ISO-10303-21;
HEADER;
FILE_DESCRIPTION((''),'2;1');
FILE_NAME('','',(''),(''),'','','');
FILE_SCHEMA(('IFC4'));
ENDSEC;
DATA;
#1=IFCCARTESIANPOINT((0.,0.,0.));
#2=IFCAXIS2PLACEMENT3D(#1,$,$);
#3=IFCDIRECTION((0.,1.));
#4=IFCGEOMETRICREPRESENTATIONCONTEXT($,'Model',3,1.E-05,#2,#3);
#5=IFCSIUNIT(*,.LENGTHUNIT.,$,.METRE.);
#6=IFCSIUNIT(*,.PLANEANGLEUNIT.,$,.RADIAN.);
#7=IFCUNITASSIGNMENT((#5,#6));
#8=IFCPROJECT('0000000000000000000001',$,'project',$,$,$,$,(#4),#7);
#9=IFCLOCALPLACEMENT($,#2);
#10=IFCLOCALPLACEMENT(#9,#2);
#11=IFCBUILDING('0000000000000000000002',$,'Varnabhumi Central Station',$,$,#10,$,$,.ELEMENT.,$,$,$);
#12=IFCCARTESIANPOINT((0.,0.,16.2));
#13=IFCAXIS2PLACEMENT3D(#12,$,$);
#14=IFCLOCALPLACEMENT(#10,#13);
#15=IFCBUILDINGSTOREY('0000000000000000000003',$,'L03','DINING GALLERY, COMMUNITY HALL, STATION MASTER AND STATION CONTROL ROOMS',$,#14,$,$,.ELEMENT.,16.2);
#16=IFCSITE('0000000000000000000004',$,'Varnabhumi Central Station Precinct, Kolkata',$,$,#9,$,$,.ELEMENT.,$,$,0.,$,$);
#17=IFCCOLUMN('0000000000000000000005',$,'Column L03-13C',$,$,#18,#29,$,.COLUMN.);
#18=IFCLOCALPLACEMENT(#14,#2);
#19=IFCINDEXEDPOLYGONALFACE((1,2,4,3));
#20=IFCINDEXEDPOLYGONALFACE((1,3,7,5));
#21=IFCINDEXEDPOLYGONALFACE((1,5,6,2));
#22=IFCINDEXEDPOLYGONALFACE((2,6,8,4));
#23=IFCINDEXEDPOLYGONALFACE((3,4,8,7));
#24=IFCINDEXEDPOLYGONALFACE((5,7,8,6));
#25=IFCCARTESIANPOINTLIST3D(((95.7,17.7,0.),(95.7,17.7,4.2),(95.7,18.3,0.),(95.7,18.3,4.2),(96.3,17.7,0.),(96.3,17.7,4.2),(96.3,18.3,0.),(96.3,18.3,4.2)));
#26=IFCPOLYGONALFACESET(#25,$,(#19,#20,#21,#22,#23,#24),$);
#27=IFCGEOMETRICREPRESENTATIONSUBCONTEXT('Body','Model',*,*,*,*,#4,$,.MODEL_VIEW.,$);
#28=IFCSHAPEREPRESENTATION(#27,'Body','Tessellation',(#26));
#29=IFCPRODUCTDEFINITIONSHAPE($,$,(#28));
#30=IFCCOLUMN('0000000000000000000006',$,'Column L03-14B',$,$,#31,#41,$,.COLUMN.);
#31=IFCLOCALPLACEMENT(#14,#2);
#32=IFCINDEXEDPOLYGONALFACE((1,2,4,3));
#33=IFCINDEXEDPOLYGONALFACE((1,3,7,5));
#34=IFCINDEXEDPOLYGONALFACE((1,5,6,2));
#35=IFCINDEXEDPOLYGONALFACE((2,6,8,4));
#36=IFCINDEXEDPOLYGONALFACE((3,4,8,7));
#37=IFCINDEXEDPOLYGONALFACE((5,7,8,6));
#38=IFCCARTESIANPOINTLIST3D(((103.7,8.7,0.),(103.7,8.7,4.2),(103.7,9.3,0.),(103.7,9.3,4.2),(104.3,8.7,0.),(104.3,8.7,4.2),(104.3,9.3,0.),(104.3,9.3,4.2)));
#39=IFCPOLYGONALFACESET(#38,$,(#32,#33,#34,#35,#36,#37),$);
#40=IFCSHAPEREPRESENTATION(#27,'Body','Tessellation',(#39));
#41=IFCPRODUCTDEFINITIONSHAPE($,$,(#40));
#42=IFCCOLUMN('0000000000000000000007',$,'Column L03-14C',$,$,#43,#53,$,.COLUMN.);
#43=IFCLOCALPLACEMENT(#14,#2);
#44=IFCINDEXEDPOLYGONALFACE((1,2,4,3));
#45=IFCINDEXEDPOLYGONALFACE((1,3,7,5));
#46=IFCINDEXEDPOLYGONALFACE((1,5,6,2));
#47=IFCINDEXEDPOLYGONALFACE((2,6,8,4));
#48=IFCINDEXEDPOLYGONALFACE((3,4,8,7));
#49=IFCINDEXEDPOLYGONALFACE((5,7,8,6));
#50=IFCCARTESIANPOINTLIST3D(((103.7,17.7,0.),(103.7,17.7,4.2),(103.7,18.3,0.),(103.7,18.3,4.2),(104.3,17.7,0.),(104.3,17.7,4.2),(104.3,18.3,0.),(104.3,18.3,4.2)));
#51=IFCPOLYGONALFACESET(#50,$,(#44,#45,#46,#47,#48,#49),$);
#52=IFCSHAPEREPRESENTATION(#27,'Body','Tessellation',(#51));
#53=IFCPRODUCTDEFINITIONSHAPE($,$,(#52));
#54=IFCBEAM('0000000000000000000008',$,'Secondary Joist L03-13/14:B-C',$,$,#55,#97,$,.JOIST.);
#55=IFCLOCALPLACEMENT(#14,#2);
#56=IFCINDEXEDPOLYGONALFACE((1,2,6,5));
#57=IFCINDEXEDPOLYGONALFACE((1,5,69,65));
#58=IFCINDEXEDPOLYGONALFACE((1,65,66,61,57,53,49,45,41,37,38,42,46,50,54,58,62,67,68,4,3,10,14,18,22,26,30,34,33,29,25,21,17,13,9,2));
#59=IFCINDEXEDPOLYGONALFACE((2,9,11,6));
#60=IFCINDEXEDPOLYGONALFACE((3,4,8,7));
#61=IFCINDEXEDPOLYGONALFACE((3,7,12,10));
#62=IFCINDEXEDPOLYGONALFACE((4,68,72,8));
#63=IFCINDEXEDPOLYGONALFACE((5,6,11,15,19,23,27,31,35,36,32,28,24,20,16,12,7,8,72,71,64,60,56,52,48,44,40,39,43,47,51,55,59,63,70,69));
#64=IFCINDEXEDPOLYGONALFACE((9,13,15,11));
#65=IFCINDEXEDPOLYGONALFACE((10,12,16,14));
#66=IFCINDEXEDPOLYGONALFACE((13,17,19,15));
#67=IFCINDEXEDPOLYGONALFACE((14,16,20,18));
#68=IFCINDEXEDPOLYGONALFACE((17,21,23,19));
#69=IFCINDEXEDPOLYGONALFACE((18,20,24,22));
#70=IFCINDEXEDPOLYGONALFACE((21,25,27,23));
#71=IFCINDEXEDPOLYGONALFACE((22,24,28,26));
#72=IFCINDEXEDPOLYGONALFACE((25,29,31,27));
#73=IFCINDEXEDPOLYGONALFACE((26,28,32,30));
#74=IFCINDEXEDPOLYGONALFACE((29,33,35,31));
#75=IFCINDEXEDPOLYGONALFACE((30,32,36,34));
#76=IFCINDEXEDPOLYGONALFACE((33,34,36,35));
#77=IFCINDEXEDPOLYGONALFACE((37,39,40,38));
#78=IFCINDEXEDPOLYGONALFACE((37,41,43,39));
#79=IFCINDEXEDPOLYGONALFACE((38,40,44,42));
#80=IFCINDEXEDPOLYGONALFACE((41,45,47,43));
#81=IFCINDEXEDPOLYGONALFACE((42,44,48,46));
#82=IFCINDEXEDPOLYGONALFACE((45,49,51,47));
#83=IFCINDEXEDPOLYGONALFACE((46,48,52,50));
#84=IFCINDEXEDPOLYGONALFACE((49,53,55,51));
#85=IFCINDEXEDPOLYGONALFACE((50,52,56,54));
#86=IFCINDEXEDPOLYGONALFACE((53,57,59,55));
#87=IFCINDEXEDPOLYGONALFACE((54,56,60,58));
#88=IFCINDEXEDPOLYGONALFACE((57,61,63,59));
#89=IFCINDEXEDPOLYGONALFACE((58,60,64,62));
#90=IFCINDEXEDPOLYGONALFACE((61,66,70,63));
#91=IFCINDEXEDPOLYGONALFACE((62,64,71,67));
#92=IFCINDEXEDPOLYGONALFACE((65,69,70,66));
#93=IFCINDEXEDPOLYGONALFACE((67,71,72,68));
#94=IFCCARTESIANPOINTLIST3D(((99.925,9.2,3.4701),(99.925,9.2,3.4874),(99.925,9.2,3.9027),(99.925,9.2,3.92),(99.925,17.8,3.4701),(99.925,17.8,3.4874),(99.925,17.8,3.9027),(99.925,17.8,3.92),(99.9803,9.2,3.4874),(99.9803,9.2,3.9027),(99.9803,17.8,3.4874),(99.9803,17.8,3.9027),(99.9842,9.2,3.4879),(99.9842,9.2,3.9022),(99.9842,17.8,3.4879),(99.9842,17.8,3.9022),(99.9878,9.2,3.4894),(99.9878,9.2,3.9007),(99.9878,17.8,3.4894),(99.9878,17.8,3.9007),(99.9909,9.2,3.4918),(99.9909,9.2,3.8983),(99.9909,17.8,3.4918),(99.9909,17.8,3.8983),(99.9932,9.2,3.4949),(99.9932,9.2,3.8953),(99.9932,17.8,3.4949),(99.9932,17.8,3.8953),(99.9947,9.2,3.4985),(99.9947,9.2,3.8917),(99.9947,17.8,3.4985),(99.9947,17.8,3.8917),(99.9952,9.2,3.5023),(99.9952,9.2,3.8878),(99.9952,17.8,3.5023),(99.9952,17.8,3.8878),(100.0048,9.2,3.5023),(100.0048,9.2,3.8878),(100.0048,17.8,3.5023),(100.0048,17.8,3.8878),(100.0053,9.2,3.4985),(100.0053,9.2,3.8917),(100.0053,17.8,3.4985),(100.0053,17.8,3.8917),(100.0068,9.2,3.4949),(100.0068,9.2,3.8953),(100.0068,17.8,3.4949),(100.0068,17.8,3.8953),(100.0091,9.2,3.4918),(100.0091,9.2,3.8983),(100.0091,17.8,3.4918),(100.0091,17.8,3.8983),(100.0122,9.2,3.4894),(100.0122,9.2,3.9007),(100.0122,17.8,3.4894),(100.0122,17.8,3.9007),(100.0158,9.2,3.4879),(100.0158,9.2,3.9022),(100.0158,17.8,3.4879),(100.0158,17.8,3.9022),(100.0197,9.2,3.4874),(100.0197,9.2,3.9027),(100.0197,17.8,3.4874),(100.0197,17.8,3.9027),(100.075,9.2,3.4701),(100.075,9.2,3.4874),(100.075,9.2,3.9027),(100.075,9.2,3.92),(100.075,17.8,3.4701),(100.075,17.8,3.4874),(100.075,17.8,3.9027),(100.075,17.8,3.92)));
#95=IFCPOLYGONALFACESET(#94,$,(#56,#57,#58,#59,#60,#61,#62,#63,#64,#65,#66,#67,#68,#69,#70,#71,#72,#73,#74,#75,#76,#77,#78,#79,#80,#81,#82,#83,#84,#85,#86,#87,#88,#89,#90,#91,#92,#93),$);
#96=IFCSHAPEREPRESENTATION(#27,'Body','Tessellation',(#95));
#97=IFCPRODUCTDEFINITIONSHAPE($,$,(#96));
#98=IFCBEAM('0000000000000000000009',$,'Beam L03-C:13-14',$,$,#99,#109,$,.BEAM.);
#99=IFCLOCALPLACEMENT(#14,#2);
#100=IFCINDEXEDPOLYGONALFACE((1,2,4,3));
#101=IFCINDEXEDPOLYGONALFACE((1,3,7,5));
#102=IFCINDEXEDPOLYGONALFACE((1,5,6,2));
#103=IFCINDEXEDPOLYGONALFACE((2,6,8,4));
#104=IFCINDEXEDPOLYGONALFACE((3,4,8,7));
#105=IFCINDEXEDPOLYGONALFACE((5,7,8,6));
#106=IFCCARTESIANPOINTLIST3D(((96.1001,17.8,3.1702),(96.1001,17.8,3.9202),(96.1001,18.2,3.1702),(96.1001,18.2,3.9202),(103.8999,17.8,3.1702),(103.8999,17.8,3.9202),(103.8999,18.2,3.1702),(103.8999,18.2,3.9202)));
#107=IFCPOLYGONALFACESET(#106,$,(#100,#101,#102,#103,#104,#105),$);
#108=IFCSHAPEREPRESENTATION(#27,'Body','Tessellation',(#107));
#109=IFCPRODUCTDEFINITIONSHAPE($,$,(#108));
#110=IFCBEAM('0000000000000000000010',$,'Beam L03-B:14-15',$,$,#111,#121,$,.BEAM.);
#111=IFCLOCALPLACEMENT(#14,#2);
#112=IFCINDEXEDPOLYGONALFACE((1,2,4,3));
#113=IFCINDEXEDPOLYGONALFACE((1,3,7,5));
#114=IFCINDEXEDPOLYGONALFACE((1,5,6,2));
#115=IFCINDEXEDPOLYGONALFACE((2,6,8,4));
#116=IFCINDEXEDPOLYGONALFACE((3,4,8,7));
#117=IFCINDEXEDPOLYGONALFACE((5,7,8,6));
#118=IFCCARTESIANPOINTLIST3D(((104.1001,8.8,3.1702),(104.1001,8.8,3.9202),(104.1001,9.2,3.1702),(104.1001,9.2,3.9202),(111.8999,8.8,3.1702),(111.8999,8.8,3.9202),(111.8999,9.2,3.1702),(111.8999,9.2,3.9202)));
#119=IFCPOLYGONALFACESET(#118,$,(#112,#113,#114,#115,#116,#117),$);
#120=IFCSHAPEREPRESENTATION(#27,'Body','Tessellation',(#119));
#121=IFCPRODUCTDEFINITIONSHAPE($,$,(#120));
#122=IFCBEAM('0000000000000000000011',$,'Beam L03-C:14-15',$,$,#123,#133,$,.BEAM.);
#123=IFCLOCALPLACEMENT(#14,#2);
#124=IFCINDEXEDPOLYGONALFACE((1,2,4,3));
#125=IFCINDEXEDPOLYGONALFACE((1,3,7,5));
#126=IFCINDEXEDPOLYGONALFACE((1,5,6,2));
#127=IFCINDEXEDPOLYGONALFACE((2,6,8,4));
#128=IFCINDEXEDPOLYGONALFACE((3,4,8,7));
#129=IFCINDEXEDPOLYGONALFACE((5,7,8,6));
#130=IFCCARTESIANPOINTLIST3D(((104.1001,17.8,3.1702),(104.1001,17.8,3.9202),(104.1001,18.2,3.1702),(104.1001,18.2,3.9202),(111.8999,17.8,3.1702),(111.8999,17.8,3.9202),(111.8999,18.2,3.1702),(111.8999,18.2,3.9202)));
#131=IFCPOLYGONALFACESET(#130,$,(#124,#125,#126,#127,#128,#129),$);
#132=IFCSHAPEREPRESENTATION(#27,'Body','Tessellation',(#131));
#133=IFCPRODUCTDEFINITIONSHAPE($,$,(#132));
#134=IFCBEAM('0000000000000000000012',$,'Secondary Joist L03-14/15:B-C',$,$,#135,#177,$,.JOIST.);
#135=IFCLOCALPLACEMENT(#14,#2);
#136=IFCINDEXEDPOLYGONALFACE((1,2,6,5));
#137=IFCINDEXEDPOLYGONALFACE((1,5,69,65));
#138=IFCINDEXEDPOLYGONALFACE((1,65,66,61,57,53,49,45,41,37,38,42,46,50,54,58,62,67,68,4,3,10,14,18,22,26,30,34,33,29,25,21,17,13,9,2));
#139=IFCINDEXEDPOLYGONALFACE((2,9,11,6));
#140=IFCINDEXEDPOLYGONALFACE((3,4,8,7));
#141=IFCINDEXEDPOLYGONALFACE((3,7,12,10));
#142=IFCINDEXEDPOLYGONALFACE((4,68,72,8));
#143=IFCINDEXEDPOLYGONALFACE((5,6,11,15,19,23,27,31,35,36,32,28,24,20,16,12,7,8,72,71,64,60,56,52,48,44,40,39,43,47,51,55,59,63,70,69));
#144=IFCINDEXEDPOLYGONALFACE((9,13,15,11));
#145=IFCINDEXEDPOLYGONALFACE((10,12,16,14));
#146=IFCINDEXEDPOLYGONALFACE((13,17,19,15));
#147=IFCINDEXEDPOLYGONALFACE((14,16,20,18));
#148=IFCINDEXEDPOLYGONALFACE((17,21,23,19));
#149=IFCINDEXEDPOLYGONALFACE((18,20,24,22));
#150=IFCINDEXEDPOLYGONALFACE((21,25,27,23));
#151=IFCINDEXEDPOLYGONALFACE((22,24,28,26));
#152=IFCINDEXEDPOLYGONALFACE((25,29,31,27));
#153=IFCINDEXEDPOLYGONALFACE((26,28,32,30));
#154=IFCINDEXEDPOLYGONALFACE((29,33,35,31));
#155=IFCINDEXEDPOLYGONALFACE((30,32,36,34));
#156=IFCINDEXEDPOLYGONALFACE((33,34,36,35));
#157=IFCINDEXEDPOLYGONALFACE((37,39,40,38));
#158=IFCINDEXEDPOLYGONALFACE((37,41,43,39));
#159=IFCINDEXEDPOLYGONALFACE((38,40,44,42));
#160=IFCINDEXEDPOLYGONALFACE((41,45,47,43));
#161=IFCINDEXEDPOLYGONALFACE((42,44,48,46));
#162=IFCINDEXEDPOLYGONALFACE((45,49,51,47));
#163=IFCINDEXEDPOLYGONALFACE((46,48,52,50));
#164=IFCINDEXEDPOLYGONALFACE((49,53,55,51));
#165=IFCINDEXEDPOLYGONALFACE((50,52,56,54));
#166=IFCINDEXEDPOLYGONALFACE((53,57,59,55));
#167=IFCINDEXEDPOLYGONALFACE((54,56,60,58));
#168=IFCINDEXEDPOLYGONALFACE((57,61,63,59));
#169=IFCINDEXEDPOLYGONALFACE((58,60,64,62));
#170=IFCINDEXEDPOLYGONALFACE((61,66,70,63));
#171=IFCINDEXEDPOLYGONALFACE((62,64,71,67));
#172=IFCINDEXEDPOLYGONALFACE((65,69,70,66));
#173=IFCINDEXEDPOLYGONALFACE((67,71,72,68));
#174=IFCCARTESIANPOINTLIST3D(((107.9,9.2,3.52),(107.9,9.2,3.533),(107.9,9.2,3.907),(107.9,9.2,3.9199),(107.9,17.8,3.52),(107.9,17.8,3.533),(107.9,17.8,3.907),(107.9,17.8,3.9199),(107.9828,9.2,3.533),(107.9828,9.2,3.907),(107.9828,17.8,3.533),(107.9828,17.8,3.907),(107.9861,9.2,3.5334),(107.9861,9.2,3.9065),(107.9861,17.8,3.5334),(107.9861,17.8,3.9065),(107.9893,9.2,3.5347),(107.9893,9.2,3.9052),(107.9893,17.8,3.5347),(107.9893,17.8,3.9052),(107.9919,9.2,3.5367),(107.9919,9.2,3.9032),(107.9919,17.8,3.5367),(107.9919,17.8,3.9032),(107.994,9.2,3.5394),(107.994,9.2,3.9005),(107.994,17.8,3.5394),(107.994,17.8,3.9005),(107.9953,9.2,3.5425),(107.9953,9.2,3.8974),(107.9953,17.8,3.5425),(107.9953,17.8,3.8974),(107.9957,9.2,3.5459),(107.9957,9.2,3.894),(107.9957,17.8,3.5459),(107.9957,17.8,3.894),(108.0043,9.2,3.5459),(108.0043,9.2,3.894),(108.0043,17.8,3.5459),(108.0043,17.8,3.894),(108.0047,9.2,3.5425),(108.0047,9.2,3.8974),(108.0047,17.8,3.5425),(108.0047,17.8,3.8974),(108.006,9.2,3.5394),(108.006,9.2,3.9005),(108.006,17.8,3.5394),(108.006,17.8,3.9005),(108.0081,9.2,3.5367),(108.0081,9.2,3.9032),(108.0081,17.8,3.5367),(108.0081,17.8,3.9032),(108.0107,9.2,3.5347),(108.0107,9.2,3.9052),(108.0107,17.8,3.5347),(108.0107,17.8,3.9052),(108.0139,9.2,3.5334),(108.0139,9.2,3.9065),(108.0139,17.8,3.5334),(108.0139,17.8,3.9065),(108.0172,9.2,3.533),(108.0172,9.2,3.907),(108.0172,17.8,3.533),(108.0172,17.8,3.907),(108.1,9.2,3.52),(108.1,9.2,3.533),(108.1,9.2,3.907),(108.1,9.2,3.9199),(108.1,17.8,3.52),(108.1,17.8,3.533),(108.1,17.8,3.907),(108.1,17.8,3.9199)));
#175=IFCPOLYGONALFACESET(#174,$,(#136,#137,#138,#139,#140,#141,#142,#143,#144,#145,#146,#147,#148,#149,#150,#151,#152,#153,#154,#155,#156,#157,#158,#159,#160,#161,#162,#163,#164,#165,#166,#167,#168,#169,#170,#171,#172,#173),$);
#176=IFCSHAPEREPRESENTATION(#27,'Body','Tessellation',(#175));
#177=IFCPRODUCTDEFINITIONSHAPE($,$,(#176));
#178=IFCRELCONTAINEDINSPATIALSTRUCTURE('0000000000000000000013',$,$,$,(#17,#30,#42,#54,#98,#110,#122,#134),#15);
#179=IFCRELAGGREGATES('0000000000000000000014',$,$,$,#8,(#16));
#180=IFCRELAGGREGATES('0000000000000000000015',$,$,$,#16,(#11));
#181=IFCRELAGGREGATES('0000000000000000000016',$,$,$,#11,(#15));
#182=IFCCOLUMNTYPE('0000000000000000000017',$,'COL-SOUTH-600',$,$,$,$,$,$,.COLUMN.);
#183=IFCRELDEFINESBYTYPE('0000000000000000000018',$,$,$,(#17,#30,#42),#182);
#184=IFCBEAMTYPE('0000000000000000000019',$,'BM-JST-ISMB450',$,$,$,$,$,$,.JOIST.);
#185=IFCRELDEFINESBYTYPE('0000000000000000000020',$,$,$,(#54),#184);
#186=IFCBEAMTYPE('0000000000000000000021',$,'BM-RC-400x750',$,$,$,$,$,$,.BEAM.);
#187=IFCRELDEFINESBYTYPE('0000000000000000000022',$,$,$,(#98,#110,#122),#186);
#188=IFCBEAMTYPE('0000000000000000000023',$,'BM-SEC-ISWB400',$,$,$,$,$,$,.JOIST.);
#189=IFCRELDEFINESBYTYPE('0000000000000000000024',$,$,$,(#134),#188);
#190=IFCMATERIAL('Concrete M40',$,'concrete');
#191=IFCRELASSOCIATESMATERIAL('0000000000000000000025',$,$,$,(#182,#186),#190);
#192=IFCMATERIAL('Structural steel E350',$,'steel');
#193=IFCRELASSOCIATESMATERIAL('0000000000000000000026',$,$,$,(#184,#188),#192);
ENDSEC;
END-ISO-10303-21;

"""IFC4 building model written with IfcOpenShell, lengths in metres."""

from ifc_helpers import new_model, si_unit, direction, frame, origin, origin_2d, place, context, subcontext, project, spatial, rectangle, i_section, extrude, material, material_profile, profile_set, type_object, element, save


model = new_model("IFC4")

# Units and contexts
model_context = context("Model", 3, precision=1e-05, world=origin(), true_north=direction((0.0, 1.0)))
body_context = subcontext(model_context, "Body", "Model", "MODEL_VIEW")
ifc_project = project(units=[si_unit("LENGTHUNIT", "METRE"), si_unit("PLANEANGLEUNIT", "RADIAN")], contexts=[model_context])

# Site, building, storey
site_placement = place(None, origin())
site = spatial("IfcSite", under=ifc_project, at=site_placement, Name="Varnabhumi Central Station Precinct, Kolkata", CompositionType="ELEMENT", RefElevation=0.0)
building_placement = place(site_placement, origin())
building = spatial("IfcBuilding", under=site, at=building_placement, Name="Varnabhumi Central Station", CompositionType="ELEMENT")
storey_placement = place(building_placement, frame((0.0, 0.0, 16.2)))
storey = spatial("IfcBuildingStorey", under=building, at=storey_placement, Name="L03", Description="DINING GALLERY, COMMUNITY HALL, STATION MASTER AND STATION CONTROL ROOMS", CompositionType="ELEMENT", Elevation=16.2)

# Columns
ifc_material_1 = material(Name="Concrete M40", Category="concrete")
ifc_material_profile_1 = material_profile(ifc_material_1, rectangle(XDim=0.6001, YDim=0.6001, at=origin_2d()), Name="Concrete M40", Category="concrete")
ifc_profile_set_1 = profile_set([ifc_material_profile_1], Name="Concrete M40")
column_type = type_object("IfcColumnType", Name="COL-SOUTH-600", PredefinedType="COLUMN", material=ifc_profile_set_1)
for number, where, z_axis, x_axis, name in (
    (1, (96.0, 18.0, 0.0), (0.0, 0.0, 1.0), (1.0, 0.0, 0.0), "Column L03-13C"),
    (2, (104.0, 9.0, 0.0), (0.0, 0.0, 1.0), (1.0, 0.0, 0.0), "Column L03-14B"),
    (3, (104.0, 18.0, 0.0), (0.0, 0.0, 1.0), (1.0, 0.0, 0.0), "Column L03-14C"),
):
    element("IfcColumn", number, at=place(storey_placement, frame(where, z_axis=z_axis, x_axis=x_axis)), inside=storey, type_object=column_type, Name=name, PredefinedType="COLUMN", context=body_context, shape_type="SweptSolid", body=[
        extrude(rectangle(XDim=0.6001, YDim=0.6001, at=origin_2d()), origin(), (0.0, 0.0, 1.0), 4.2),
    ])

# Beams
ifc_material_2 = material(Name="Structural steel E350", Category="steel")
ifc_material_profile_2 = material_profile(ifc_material_2, i_section(OverallWidth=0.1499, OverallDepth=0.45, WebThickness=0.0095, FlangeThickness=0.0173, FilletRadius=0.0149, at=origin_2d()), Name="Structural steel E350", Category="steel")
ifc_profile_set_2 = profile_set([ifc_material_profile_2], Name="Structural steel E350")
beam_type_1 = type_object("IfcBeamType", Name="BM-JST-ISMB450", PredefinedType="JOIST", material=ifc_profile_set_2)
beam_1_placement = place(storey_placement, frame((100.0, 9.2, 3.6951), z_axis=(0.0, 1.0, 0.0), x_axis=(-1.0, 0.0, 0.0)))
element("IfcBeam", 4, at=beam_1_placement, inside=storey, type_object=beam_type_1, Name="Secondary Joist L03-13/14:B-C", PredefinedType="JOIST", context=body_context, shape_type="SweptSolid", body=[
    extrude(i_section(OverallWidth=0.1499, OverallDepth=0.45, WebThickness=0.0095, FlangeThickness=0.0173, FilletRadius=0.0149, at=origin_2d()), origin(), (0.0, 0.0, 1.0), 8.6001),
])
ifc_material_profile_3 = material_profile(ifc_material_1, rectangle(XDim=0.3999, YDim=0.75, at=origin_2d()), Name="Concrete M40", Category="concrete")
ifc_profile_set_3 = profile_set([ifc_material_profile_3], Name="Concrete M40")
beam_type_2 = type_object("IfcBeamType", Name="BM-RC-400x750", PredefinedType="BEAM", material=ifc_profile_set_3)
for number, where, z_axis, x_axis, name in (
    (5, (96.1001, 18.0, 3.5452), (1.0, 0.0, 0.0), (0.0, 1.0, 0.0), "Beam L03-C:13-14"),
    (6, (104.1001, 9.0, 3.5452), (1.0, 0.0, 0.0), (0.0, 1.0, 0.0), "Beam L03-B:14-15"),
    (7, (104.1001, 18.0, 3.5452), (1.0, 0.0, 0.0), (0.0, 1.0, 0.0), "Beam L03-C:14-15"),
):
    element("IfcBeam", number, at=place(storey_placement, frame(where, z_axis=z_axis, x_axis=x_axis)), inside=storey, type_object=beam_type_2, Name=name, PredefinedType="BEAM", context=body_context, shape_type="SweptSolid", body=[
        extrude(rectangle(XDim=0.3999, YDim=0.75, at=origin_2d()), origin(), (0.0, 0.0, 1.0), 7.7998),
    ])
ifc_material_profile_4 = material_profile(ifc_material_2, i_section(OverallWidth=0.2, OverallDepth=0.3999, WebThickness=0.0085, FlangeThickness=0.0129, FilletRadius=0.0129, at=origin_2d()), Name="Structural steel E350", Category="steel")
ifc_profile_set_4 = profile_set([ifc_material_profile_4], Name="Structural steel E350")
beam_type_3 = type_object("IfcBeamType", Name="BM-SEC-ISWB400", PredefinedType="JOIST", material=ifc_profile_set_4)
beam_2_placement = place(storey_placement, frame((108.0, 9.2, 3.72), z_axis=(0.0, 1.0, 0.0), x_axis=(-1.0, 0.0, 0.0)))
element("IfcBeam", 8, at=beam_2_placement, inside=storey, type_object=beam_type_3, Name="Secondary Joist L03-14/15:B-C", PredefinedType="JOIST", context=body_context, shape_type="SweptSolid", body=[
    extrude(i_section(OverallWidth=0.2, OverallDepth=0.3999, WebThickness=0.0085, FlangeThickness=0.0129, FilletRadius=0.0129, at=origin_2d()), origin(), (0.0, 0.0, 1.0), 8.6001),
])

save(model, "model.ifc")
